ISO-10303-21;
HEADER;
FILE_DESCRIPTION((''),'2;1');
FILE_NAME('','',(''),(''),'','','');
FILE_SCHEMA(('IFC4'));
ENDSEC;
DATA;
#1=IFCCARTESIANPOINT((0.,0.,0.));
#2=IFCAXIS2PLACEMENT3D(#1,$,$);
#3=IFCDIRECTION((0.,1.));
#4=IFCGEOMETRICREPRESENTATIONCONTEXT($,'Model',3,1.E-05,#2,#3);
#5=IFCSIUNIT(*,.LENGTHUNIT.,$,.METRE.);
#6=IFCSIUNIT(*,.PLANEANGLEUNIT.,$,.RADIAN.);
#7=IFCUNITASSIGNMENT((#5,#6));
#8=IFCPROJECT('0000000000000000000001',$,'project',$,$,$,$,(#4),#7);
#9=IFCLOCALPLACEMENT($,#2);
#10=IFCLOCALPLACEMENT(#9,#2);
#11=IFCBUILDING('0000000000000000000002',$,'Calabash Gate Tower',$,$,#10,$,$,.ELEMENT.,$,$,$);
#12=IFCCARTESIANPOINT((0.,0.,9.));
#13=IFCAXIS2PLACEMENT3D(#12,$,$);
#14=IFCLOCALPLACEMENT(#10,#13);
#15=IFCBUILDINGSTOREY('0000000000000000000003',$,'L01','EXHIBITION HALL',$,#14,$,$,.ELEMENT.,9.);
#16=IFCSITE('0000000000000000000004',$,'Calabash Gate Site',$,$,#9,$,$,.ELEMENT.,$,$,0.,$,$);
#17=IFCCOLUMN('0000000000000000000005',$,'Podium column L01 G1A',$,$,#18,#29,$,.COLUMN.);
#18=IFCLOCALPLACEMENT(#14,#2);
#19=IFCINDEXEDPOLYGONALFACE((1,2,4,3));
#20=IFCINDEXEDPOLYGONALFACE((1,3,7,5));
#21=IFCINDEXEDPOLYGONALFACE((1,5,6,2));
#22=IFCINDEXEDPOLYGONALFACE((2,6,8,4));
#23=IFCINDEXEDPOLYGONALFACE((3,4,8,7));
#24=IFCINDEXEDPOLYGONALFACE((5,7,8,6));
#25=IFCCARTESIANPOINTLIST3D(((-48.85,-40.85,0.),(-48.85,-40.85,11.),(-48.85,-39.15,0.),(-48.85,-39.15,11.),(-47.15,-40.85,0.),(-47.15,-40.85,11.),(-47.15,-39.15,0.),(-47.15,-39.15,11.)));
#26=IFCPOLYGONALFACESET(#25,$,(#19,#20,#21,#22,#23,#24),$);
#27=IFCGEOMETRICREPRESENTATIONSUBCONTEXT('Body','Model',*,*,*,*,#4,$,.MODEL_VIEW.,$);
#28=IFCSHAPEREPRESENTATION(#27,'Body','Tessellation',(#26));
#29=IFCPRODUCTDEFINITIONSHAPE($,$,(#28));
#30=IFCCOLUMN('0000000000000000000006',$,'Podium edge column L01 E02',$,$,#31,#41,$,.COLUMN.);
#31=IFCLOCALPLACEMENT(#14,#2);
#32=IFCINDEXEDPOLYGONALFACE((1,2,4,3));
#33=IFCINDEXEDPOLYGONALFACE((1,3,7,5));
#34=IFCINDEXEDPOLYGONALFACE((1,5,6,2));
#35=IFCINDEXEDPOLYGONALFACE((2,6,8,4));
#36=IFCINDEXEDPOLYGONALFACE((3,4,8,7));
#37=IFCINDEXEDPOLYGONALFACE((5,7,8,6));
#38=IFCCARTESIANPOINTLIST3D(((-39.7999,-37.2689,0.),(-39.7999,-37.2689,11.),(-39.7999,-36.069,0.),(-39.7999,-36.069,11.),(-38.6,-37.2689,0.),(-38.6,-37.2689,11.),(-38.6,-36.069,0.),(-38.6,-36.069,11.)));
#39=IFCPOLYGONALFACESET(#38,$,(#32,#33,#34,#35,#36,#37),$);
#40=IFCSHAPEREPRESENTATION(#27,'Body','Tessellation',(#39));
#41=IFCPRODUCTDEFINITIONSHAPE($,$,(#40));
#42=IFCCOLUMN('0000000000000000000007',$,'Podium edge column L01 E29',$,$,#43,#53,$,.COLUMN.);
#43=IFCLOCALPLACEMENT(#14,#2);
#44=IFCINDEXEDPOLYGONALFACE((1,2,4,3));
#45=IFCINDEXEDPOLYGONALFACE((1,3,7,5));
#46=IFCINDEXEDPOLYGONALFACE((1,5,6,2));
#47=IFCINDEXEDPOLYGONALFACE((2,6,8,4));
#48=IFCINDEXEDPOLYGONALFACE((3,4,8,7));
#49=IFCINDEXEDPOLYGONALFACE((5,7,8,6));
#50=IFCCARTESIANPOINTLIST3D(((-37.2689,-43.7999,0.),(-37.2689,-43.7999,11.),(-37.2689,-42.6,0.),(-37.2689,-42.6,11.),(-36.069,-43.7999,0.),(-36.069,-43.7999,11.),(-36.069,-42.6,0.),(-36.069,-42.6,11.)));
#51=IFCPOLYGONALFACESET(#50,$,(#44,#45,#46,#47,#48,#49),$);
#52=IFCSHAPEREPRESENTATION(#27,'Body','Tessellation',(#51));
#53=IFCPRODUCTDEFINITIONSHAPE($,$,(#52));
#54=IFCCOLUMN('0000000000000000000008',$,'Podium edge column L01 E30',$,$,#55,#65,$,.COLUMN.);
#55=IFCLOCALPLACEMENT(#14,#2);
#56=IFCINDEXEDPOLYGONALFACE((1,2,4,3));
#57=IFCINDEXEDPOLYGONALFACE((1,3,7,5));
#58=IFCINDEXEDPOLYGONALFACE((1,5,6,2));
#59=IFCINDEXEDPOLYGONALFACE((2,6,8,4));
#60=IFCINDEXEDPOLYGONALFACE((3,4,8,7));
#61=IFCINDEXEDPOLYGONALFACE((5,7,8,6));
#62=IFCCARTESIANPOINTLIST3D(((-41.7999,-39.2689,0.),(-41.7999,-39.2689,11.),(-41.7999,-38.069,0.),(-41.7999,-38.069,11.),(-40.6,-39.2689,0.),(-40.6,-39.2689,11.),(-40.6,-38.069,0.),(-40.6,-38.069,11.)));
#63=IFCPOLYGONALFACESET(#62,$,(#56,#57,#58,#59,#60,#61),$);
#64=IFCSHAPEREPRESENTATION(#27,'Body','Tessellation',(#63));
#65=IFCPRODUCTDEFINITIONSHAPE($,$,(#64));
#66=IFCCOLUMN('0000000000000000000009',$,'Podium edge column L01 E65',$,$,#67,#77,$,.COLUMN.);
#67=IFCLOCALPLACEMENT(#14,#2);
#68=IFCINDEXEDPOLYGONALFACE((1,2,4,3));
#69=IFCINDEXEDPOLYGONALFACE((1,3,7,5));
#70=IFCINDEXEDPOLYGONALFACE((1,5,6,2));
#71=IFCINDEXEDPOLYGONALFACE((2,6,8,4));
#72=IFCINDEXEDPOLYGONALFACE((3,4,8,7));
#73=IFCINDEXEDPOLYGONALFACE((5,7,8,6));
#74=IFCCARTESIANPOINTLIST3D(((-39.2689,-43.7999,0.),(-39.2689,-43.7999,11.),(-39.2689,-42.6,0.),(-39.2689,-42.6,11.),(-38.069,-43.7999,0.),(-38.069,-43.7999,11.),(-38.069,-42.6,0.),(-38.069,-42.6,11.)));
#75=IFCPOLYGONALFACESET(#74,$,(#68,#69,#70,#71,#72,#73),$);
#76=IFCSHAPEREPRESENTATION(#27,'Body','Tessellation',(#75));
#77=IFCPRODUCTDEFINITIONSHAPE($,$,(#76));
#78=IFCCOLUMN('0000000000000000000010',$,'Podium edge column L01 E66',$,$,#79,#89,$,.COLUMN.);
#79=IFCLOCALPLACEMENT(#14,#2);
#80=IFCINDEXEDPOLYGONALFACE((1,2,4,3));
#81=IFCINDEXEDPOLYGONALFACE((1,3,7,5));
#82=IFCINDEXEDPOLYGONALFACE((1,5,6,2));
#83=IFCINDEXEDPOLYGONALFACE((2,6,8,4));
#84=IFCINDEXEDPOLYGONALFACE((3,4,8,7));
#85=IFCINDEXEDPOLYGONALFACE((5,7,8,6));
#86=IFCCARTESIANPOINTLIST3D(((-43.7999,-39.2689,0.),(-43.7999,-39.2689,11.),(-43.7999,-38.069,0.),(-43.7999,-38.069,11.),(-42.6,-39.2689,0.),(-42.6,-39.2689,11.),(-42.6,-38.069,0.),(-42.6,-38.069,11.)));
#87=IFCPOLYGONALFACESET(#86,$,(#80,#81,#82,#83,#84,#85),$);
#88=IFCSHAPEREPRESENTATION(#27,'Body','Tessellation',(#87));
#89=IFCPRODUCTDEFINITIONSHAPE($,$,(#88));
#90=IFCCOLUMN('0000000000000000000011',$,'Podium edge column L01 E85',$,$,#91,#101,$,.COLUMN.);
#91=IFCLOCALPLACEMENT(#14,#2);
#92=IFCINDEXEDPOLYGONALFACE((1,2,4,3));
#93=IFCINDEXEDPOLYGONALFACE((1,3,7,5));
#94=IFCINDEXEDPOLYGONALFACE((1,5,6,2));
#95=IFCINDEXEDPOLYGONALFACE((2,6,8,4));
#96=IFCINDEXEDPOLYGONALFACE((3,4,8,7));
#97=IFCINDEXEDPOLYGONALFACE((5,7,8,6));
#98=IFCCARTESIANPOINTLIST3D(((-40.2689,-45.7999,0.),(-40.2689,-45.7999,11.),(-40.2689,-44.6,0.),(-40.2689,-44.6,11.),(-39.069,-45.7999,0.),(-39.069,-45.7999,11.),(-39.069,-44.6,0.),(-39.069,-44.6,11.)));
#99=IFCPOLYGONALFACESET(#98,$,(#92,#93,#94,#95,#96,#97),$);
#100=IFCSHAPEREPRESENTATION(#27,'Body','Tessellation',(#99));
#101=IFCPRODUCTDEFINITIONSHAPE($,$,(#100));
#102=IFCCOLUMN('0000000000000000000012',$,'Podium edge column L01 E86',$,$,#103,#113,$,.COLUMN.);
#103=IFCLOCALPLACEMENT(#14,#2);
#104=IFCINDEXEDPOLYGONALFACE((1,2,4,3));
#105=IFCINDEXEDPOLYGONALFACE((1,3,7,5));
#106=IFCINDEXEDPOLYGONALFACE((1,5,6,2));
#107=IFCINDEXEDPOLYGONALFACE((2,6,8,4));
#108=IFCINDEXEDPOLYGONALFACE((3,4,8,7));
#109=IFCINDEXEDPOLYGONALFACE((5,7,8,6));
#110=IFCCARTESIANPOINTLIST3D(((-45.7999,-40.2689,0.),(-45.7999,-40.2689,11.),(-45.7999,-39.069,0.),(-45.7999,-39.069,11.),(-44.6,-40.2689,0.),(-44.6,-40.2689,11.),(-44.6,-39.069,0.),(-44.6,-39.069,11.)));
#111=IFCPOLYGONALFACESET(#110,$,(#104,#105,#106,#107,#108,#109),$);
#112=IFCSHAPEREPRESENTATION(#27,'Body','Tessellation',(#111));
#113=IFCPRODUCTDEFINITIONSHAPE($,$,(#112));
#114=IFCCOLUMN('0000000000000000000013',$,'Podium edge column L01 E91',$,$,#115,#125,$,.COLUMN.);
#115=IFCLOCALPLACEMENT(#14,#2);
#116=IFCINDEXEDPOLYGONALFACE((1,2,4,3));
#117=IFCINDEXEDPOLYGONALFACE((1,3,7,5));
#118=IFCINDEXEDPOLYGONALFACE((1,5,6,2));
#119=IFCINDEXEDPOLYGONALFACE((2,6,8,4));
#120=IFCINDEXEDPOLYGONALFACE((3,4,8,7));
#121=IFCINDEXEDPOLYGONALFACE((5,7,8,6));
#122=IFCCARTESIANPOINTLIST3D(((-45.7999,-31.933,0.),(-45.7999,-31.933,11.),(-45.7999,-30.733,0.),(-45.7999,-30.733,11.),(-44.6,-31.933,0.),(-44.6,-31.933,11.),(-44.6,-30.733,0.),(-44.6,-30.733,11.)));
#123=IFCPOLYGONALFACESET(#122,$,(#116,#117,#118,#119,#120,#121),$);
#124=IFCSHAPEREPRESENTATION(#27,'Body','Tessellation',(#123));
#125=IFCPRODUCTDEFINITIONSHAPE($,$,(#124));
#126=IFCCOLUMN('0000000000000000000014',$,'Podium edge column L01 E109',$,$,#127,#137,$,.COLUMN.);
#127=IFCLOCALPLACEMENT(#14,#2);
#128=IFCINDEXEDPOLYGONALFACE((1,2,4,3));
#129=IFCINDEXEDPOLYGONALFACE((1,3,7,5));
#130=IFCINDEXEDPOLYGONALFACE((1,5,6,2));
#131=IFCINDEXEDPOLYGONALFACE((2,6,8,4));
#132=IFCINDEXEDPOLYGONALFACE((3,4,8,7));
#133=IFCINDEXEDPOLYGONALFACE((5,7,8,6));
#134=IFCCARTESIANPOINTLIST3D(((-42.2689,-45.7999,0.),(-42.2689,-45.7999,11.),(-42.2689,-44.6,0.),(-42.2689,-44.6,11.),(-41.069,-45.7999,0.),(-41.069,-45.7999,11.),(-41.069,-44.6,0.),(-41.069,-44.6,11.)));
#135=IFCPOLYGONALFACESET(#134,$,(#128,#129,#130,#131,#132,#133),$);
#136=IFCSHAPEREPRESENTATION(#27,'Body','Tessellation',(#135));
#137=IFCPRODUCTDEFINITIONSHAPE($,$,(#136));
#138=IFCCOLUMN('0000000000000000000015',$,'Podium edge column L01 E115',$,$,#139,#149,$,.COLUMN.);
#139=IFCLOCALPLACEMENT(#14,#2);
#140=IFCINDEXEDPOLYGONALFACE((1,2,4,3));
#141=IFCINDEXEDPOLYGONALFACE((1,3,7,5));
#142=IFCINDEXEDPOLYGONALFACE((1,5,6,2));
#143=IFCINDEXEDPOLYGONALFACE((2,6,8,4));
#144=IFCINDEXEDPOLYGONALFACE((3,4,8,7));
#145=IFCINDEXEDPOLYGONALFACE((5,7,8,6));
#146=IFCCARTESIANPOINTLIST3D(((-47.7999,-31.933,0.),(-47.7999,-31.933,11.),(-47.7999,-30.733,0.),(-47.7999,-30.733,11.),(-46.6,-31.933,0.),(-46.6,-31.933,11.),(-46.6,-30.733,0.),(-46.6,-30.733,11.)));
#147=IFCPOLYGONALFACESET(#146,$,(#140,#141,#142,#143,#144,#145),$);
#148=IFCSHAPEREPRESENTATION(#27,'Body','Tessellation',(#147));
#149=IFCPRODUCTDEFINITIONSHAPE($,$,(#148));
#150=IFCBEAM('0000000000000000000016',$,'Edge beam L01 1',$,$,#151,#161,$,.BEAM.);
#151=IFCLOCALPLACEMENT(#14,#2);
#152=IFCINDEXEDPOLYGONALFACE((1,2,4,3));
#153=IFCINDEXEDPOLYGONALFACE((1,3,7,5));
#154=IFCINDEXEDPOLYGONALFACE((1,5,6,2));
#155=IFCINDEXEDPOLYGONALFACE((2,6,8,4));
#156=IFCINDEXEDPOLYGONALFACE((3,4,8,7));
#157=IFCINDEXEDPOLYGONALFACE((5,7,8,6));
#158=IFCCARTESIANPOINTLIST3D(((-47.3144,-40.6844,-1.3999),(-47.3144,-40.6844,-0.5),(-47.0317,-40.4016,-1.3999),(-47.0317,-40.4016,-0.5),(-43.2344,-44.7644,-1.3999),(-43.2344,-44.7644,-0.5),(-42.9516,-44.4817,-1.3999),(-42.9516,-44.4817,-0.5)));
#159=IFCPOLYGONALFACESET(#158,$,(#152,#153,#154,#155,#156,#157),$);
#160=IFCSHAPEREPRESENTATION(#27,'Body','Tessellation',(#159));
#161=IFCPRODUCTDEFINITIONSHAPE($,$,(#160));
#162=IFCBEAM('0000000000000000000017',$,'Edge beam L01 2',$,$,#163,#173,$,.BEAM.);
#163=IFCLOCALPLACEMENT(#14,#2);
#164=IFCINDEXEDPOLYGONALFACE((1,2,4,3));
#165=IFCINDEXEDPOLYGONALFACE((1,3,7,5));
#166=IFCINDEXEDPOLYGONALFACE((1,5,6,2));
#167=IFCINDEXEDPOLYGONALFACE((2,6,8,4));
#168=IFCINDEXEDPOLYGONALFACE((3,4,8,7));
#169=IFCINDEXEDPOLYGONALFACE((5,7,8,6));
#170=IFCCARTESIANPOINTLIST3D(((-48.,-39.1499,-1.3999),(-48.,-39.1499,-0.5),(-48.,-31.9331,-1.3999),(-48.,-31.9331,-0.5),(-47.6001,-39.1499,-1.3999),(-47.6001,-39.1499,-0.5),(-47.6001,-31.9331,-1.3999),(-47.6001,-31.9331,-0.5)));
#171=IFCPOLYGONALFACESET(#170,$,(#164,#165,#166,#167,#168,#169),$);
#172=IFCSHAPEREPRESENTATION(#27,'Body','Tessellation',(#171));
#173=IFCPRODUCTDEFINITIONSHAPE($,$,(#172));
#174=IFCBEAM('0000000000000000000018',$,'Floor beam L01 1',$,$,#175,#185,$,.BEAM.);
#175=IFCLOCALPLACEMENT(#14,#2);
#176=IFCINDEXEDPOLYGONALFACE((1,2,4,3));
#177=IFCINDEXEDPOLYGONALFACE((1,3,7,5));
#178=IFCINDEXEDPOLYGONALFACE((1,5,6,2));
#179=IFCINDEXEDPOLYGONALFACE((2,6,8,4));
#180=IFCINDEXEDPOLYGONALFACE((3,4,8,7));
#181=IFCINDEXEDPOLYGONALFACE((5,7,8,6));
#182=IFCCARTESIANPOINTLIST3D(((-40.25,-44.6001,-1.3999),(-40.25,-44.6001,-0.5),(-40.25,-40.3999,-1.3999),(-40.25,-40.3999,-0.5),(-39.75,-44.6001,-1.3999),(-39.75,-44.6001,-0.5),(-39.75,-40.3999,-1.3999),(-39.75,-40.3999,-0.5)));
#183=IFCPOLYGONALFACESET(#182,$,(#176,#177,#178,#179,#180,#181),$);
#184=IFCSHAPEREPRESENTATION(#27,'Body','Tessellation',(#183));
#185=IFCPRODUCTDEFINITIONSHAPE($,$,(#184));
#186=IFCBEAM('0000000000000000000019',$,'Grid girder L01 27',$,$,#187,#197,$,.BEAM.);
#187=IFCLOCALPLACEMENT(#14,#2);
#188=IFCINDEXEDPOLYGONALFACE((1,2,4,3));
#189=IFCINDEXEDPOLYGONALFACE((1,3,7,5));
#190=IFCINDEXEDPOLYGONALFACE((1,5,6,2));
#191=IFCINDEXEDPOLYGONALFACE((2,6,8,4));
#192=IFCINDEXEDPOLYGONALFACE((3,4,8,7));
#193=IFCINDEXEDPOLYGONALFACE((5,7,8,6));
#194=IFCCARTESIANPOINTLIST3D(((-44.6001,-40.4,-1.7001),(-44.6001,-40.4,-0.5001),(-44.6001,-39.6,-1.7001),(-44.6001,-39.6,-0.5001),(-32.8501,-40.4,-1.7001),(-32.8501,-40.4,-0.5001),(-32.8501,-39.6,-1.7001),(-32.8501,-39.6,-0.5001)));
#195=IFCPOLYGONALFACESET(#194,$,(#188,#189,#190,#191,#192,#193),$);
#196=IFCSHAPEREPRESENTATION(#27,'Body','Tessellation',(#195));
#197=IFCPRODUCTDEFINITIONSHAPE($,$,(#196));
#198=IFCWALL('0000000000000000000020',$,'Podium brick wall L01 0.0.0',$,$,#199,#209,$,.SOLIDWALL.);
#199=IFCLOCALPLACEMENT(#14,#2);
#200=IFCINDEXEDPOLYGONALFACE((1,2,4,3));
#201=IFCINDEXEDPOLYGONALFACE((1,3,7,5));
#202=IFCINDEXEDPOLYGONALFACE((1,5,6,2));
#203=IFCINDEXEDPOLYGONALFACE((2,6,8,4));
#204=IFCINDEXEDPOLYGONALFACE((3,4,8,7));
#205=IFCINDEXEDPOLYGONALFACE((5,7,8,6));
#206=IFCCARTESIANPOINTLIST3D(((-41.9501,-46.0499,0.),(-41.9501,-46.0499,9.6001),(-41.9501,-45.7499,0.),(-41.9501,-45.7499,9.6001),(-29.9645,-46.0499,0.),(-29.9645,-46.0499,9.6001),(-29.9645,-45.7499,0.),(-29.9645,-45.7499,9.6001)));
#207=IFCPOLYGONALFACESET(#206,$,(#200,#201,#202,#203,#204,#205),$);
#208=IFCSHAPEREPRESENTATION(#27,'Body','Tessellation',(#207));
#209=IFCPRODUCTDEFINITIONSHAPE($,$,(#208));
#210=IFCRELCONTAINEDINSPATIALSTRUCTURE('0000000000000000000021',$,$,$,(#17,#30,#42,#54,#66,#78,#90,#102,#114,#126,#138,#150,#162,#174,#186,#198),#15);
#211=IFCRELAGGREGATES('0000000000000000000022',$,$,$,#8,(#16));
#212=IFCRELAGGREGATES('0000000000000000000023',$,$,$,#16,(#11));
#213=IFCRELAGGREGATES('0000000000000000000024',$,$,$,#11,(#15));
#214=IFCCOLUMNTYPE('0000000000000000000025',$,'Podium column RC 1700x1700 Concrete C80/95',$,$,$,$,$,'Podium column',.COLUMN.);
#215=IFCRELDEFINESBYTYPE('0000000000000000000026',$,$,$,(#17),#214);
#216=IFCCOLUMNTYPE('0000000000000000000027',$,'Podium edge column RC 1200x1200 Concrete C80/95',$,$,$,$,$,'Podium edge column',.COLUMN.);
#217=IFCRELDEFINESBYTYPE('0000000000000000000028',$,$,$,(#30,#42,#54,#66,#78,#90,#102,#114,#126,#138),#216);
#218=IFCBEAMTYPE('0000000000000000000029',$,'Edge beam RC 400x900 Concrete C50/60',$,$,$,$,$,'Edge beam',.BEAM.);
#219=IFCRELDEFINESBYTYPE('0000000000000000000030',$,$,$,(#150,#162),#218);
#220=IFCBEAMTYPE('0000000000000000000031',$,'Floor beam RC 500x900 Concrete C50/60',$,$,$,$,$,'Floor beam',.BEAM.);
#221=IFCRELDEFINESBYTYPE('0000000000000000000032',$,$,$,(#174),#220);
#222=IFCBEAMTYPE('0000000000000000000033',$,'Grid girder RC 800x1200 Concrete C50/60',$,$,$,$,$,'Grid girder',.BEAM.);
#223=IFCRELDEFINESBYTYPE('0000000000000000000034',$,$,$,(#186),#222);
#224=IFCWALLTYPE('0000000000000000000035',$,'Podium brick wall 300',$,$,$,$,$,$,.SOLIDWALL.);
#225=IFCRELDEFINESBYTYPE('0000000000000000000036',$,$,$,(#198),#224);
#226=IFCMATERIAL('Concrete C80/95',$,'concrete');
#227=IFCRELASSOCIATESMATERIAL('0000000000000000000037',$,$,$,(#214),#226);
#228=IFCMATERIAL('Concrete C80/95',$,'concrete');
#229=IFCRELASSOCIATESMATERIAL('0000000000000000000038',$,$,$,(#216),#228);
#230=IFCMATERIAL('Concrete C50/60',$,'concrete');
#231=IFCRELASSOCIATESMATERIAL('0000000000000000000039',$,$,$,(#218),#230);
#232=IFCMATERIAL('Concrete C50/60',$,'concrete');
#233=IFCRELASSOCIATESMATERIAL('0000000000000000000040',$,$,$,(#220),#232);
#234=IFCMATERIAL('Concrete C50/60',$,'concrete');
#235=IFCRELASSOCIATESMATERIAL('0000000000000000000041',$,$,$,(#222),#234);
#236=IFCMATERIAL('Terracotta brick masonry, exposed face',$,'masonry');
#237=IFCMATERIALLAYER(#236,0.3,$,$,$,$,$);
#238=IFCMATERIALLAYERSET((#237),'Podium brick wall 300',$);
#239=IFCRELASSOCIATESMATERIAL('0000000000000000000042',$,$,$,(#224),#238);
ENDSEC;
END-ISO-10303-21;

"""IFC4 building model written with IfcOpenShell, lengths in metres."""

from ifc_helpers import new_model, si_unit, direction, frame, frame_2d, origin, origin_2d, place, context, subcontext, project, spatial, rectangle, extrude, material, layer, layer_set, material_profile, profile_set, type_object, element, save


model = new_model("IFC4")

# Units and contexts
model_context = context("Model", 3, precision=1e-05, world=origin(), true_north=direction((0.0, 1.0)))
body_context = subcontext(model_context, "Body", "Model", "MODEL_VIEW")
ifc_project = project(units=[si_unit("LENGTHUNIT", "METRE"), si_unit("PLANEANGLEUNIT", "RADIAN")], contexts=[model_context])

# Site, building, storey
site_placement = place(None, origin())
site = spatial("IfcSite", under=ifc_project, at=site_placement, Name="Calabash Gate Site", CompositionType="ELEMENT", RefElevation=0.0)
building_placement = place(site_placement, origin())
building = spatial("IfcBuilding", under=site, at=building_placement, Name="Calabash Gate Tower", CompositionType="ELEMENT")
storey_placement = place(building_placement, frame((0.0, 0.0, 9.0)))
storey = spatial("IfcBuildingStorey", under=building, at=storey_placement, Name="L01", Description="EXHIBITION HALL", CompositionType="ELEMENT", Elevation=9.0)

# Columns
ifc_material_1 = material(Name="Concrete C80/95", Category="concrete")
ifc_material_profile_1 = material_profile(ifc_material_1, rectangle(XDim=1.7, YDim=1.7, at=origin_2d()))
ifc_profile_set_1 = profile_set([ifc_material_profile_1], Name="Concrete C80/95")
column_type_1 = type_object("IfcColumnType", Name="Podium column RC 1700x1700 Concrete C80/95", ElementType="Podium column", PredefinedType="COLUMN", material=ifc_profile_set_1)
column_placement = place(storey_placement, frame((-48.0, -40.0, 0.0), z_axis=(0.0, 0.0, 1.0), x_axis=(1.0, 0.0, 0.0)))
element("IfcColumn", 1, at=column_placement, inside=storey, type_object=column_type_1, Name="Podium column L01 G1A", PredefinedType="COLUMN", context=body_context, shape_type="SweptSolid", body=[
    extrude(rectangle(XDim=1.7, YDim=1.7, at=origin_2d()), origin(), (0.0, 0.0, 1.0), 11.0),
])
ifc_material_2 = material(Name="Concrete C80/95", Category="concrete")
ifc_material_profile_2 = material_profile(ifc_material_2, rectangle(XDim=1.2, YDim=1.2, at=origin_2d()))
ifc_profile_set_2 = profile_set([ifc_material_profile_2], Name="Concrete C80/95")
column_type_2 = type_object("IfcColumnType", Name="Podium edge column RC 1200x1200 Concrete C80/95", ElementType="Podium edge column", PredefinedType="COLUMN", material=ifc_profile_set_2)
for number, where, z_axis, x_axis, name in (
    (2, (-39.2, -36.6689, 0.0), (0.0, 0.0, 1.0), (1.0, 0.0, 0.0), "Podium edge column L01 E02"),
    (3, (-36.6689, -43.2, 0.0), (0.0, 0.0, 1.0), (1.0, 0.0, 0.0), "Podium edge column L01 E29"),
    (4, (-41.2, -38.6689, 0.0), (0.0, 0.0, 1.0), (1.0, 0.0, 0.0), "Podium edge column L01 E30"),
    (5, (-38.6689, -43.2, 0.0), (0.0, 0.0, 1.0), (1.0, 0.0, 0.0), "Podium edge column L01 E65"),
    (6, (-43.2, -38.6689, 0.0), (0.0, 0.0, 1.0), (1.0, 0.0, 0.0), "Podium edge column L01 E66"),
    (7, (-39.6689, -45.2, 0.0), (0.0, 0.0, 1.0), (1.0, 0.0, 0.0), "Podium edge column L01 E85"),
    (8, (-45.2, -39.6689, 0.0), (0.0, 0.0, 1.0), (1.0, 0.0, 0.0), "Podium edge column L01 E86"),
    (9, (-45.2, -31.333, 0.0), (0.0, 0.0, 1.0), (1.0, 0.0, 0.0), "Podium edge column L01 E91"),
    (10, (-41.6689, -45.2, 0.0), (0.0, 0.0, 1.0), (1.0, 0.0, 0.0), "Podium edge column L01 E109"),
    (11, (-47.2, -31.333, 0.0), (0.0, 0.0, 1.0), (1.0, 0.0, 0.0), "Podium edge column L01 E115"),
):
    element("IfcColumn", number, at=place(storey_placement, frame(where, z_axis=z_axis, x_axis=x_axis)), inside=storey, type_object=column_type_2, Name=name, PredefinedType="COLUMN", context=body_context, shape_type="SweptSolid", body=[
        extrude(rectangle(XDim=1.2, YDim=1.2, at=origin_2d()), origin(), (0.0, 0.0, 1.0), 11.0),
    ])

# Beams
ifc_material_3 = material(Name="Concrete C50/60", Category="concrete")
ifc_material_profile_3 = material_profile(ifc_material_3, rectangle(XDim=0.3999, YDim=0.8999, at=origin_2d()))
ifc_profile_set_3 = profile_set([ifc_material_profile_3], Name="Concrete C50/60")
beam_type_1 = type_object("IfcBeamType", Name="Edge beam RC 400x900 Concrete C50/60", ElementType="Edge beam", PredefinedType="BEAM", material=ifc_profile_set_3)
beam_1_placement = place(storey_placement, frame((-43.093, -44.623, -0.95), z_axis=(-0.707107, 0.707107, 0.0), x_axis=(-0.707107, -0.707107, 0.0)))
element("IfcBeam", 12, at=beam_1_placement, inside=storey, type_object=beam_type_1, Name="Edge beam L01 1", PredefinedType="BEAM", context=body_context, shape_type="SweptSolid", body=[
    extrude(rectangle(XDim=0.3999, YDim=0.8999, at=origin_2d()), origin(), (0.0, 0.0, 1.0), 5.77),
])
beam_2_placement = place(storey_placement, frame((-47.8, -39.1499, -0.95), z_axis=(0.0, 1.0, 0.0), x_axis=(-1.0, 0.0, 0.0)))
element("IfcBeam", 13, at=beam_2_placement, inside=storey, type_object=beam_type_1, Name="Edge beam L01 2", PredefinedType="BEAM", context=body_context, shape_type="SweptSolid", body=[
    extrude(rectangle(XDim=0.3999, YDim=0.8999, at=origin_2d()), origin(), (0.0, 0.0, 1.0), 7.2168),
])
ifc_material_4 = material(Name="Concrete C50/60", Category="concrete")
ifc_material_profile_4 = material_profile(ifc_material_4, rectangle(XDim=0.5, YDim=0.8999, at=origin_2d()))
ifc_profile_set_4 = profile_set([ifc_material_profile_4], Name="Concrete C50/60")
beam_type_2 = type_object("IfcBeamType", Name="Floor beam RC 500x900 Concrete C50/60", ElementType="Floor beam", PredefinedType="BEAM", material=ifc_profile_set_4)
beam_3_placement = place(storey_placement, frame((-40.0, -44.6001, -0.95), z_axis=(0.0, 1.0, 0.0), x_axis=(-1.0, 0.0, 0.0)))
element("IfcBeam", 14, at=beam_3_placement, inside=storey, type_object=beam_type_2, Name="Floor beam L01 1", PredefinedType="BEAM", context=body_context, shape_type="SweptSolid", body=[
    extrude(rectangle(XDim=0.5, YDim=0.8999, at=origin_2d()), origin(), (0.0, 0.0, 1.0), 4.2002),
])
ifc_material_5 = material(Name="Concrete C50/60", Category="concrete")
ifc_material_profile_5 = material_profile(ifc_material_5, rectangle(XDim=0.8, YDim=1.2, at=origin_2d()))
ifc_profile_set_5 = profile_set([ifc_material_profile_5], Name="Concrete C50/60")
beam_type_3 = type_object("IfcBeamType", Name="Grid girder RC 800x1200 Concrete C50/60", ElementType="Grid girder", PredefinedType="BEAM", material=ifc_profile_set_5)
beam_4_placement = place(storey_placement, frame((-44.6001, -40.0, -1.1001), z_axis=(1.0, 0.0, 0.0), x_axis=(0.0, 1.0, 0.0)))
element("IfcBeam", 15, at=beam_4_placement, inside=storey, type_object=beam_type_3, Name="Grid girder L01 27", PredefinedType="BEAM", context=body_context, shape_type="SweptSolid", body=[
    extrude(rectangle(XDim=0.8, YDim=1.2, at=origin_2d()), origin(), (0.0, 0.0, 1.0), 11.75),
])

# Wall
ifc_material_6 = material(Name="Terracotta brick masonry, exposed face", Category="masonry")
ifc_layer_1 = layer(ifc_material_6, 0.3)
ifc_layer_set_1 = layer_set([ifc_layer_1], Name="Podium brick wall 300")
wall_type_1 = type_object("IfcWallType", Name="Podium brick wall 300", PredefinedType="SOLIDWALL", material=ifc_layer_set_1)
wall_1_placement = place(storey_placement, frame((-41.95, -45.8999, 0.0), z_axis=(0.0, 0.0, 1.0), x_axis=(1.0, 0.0, 0.0)))
element("IfcWall", 16, at=wall_1_placement, inside=storey, type_object=wall_type_1, Name="Podium brick wall L01 0.0.0", PredefinedType="SOLIDWALL", context=body_context, shape_type="SweptSolid", body=[
    extrude(rectangle(XDim=11.9856, YDim=0.3, at=frame_2d((5.9927, 0.0))), origin(), (0.0, 0.0, 1.0), 9.6001),
])

save(model, "model.ifc")
